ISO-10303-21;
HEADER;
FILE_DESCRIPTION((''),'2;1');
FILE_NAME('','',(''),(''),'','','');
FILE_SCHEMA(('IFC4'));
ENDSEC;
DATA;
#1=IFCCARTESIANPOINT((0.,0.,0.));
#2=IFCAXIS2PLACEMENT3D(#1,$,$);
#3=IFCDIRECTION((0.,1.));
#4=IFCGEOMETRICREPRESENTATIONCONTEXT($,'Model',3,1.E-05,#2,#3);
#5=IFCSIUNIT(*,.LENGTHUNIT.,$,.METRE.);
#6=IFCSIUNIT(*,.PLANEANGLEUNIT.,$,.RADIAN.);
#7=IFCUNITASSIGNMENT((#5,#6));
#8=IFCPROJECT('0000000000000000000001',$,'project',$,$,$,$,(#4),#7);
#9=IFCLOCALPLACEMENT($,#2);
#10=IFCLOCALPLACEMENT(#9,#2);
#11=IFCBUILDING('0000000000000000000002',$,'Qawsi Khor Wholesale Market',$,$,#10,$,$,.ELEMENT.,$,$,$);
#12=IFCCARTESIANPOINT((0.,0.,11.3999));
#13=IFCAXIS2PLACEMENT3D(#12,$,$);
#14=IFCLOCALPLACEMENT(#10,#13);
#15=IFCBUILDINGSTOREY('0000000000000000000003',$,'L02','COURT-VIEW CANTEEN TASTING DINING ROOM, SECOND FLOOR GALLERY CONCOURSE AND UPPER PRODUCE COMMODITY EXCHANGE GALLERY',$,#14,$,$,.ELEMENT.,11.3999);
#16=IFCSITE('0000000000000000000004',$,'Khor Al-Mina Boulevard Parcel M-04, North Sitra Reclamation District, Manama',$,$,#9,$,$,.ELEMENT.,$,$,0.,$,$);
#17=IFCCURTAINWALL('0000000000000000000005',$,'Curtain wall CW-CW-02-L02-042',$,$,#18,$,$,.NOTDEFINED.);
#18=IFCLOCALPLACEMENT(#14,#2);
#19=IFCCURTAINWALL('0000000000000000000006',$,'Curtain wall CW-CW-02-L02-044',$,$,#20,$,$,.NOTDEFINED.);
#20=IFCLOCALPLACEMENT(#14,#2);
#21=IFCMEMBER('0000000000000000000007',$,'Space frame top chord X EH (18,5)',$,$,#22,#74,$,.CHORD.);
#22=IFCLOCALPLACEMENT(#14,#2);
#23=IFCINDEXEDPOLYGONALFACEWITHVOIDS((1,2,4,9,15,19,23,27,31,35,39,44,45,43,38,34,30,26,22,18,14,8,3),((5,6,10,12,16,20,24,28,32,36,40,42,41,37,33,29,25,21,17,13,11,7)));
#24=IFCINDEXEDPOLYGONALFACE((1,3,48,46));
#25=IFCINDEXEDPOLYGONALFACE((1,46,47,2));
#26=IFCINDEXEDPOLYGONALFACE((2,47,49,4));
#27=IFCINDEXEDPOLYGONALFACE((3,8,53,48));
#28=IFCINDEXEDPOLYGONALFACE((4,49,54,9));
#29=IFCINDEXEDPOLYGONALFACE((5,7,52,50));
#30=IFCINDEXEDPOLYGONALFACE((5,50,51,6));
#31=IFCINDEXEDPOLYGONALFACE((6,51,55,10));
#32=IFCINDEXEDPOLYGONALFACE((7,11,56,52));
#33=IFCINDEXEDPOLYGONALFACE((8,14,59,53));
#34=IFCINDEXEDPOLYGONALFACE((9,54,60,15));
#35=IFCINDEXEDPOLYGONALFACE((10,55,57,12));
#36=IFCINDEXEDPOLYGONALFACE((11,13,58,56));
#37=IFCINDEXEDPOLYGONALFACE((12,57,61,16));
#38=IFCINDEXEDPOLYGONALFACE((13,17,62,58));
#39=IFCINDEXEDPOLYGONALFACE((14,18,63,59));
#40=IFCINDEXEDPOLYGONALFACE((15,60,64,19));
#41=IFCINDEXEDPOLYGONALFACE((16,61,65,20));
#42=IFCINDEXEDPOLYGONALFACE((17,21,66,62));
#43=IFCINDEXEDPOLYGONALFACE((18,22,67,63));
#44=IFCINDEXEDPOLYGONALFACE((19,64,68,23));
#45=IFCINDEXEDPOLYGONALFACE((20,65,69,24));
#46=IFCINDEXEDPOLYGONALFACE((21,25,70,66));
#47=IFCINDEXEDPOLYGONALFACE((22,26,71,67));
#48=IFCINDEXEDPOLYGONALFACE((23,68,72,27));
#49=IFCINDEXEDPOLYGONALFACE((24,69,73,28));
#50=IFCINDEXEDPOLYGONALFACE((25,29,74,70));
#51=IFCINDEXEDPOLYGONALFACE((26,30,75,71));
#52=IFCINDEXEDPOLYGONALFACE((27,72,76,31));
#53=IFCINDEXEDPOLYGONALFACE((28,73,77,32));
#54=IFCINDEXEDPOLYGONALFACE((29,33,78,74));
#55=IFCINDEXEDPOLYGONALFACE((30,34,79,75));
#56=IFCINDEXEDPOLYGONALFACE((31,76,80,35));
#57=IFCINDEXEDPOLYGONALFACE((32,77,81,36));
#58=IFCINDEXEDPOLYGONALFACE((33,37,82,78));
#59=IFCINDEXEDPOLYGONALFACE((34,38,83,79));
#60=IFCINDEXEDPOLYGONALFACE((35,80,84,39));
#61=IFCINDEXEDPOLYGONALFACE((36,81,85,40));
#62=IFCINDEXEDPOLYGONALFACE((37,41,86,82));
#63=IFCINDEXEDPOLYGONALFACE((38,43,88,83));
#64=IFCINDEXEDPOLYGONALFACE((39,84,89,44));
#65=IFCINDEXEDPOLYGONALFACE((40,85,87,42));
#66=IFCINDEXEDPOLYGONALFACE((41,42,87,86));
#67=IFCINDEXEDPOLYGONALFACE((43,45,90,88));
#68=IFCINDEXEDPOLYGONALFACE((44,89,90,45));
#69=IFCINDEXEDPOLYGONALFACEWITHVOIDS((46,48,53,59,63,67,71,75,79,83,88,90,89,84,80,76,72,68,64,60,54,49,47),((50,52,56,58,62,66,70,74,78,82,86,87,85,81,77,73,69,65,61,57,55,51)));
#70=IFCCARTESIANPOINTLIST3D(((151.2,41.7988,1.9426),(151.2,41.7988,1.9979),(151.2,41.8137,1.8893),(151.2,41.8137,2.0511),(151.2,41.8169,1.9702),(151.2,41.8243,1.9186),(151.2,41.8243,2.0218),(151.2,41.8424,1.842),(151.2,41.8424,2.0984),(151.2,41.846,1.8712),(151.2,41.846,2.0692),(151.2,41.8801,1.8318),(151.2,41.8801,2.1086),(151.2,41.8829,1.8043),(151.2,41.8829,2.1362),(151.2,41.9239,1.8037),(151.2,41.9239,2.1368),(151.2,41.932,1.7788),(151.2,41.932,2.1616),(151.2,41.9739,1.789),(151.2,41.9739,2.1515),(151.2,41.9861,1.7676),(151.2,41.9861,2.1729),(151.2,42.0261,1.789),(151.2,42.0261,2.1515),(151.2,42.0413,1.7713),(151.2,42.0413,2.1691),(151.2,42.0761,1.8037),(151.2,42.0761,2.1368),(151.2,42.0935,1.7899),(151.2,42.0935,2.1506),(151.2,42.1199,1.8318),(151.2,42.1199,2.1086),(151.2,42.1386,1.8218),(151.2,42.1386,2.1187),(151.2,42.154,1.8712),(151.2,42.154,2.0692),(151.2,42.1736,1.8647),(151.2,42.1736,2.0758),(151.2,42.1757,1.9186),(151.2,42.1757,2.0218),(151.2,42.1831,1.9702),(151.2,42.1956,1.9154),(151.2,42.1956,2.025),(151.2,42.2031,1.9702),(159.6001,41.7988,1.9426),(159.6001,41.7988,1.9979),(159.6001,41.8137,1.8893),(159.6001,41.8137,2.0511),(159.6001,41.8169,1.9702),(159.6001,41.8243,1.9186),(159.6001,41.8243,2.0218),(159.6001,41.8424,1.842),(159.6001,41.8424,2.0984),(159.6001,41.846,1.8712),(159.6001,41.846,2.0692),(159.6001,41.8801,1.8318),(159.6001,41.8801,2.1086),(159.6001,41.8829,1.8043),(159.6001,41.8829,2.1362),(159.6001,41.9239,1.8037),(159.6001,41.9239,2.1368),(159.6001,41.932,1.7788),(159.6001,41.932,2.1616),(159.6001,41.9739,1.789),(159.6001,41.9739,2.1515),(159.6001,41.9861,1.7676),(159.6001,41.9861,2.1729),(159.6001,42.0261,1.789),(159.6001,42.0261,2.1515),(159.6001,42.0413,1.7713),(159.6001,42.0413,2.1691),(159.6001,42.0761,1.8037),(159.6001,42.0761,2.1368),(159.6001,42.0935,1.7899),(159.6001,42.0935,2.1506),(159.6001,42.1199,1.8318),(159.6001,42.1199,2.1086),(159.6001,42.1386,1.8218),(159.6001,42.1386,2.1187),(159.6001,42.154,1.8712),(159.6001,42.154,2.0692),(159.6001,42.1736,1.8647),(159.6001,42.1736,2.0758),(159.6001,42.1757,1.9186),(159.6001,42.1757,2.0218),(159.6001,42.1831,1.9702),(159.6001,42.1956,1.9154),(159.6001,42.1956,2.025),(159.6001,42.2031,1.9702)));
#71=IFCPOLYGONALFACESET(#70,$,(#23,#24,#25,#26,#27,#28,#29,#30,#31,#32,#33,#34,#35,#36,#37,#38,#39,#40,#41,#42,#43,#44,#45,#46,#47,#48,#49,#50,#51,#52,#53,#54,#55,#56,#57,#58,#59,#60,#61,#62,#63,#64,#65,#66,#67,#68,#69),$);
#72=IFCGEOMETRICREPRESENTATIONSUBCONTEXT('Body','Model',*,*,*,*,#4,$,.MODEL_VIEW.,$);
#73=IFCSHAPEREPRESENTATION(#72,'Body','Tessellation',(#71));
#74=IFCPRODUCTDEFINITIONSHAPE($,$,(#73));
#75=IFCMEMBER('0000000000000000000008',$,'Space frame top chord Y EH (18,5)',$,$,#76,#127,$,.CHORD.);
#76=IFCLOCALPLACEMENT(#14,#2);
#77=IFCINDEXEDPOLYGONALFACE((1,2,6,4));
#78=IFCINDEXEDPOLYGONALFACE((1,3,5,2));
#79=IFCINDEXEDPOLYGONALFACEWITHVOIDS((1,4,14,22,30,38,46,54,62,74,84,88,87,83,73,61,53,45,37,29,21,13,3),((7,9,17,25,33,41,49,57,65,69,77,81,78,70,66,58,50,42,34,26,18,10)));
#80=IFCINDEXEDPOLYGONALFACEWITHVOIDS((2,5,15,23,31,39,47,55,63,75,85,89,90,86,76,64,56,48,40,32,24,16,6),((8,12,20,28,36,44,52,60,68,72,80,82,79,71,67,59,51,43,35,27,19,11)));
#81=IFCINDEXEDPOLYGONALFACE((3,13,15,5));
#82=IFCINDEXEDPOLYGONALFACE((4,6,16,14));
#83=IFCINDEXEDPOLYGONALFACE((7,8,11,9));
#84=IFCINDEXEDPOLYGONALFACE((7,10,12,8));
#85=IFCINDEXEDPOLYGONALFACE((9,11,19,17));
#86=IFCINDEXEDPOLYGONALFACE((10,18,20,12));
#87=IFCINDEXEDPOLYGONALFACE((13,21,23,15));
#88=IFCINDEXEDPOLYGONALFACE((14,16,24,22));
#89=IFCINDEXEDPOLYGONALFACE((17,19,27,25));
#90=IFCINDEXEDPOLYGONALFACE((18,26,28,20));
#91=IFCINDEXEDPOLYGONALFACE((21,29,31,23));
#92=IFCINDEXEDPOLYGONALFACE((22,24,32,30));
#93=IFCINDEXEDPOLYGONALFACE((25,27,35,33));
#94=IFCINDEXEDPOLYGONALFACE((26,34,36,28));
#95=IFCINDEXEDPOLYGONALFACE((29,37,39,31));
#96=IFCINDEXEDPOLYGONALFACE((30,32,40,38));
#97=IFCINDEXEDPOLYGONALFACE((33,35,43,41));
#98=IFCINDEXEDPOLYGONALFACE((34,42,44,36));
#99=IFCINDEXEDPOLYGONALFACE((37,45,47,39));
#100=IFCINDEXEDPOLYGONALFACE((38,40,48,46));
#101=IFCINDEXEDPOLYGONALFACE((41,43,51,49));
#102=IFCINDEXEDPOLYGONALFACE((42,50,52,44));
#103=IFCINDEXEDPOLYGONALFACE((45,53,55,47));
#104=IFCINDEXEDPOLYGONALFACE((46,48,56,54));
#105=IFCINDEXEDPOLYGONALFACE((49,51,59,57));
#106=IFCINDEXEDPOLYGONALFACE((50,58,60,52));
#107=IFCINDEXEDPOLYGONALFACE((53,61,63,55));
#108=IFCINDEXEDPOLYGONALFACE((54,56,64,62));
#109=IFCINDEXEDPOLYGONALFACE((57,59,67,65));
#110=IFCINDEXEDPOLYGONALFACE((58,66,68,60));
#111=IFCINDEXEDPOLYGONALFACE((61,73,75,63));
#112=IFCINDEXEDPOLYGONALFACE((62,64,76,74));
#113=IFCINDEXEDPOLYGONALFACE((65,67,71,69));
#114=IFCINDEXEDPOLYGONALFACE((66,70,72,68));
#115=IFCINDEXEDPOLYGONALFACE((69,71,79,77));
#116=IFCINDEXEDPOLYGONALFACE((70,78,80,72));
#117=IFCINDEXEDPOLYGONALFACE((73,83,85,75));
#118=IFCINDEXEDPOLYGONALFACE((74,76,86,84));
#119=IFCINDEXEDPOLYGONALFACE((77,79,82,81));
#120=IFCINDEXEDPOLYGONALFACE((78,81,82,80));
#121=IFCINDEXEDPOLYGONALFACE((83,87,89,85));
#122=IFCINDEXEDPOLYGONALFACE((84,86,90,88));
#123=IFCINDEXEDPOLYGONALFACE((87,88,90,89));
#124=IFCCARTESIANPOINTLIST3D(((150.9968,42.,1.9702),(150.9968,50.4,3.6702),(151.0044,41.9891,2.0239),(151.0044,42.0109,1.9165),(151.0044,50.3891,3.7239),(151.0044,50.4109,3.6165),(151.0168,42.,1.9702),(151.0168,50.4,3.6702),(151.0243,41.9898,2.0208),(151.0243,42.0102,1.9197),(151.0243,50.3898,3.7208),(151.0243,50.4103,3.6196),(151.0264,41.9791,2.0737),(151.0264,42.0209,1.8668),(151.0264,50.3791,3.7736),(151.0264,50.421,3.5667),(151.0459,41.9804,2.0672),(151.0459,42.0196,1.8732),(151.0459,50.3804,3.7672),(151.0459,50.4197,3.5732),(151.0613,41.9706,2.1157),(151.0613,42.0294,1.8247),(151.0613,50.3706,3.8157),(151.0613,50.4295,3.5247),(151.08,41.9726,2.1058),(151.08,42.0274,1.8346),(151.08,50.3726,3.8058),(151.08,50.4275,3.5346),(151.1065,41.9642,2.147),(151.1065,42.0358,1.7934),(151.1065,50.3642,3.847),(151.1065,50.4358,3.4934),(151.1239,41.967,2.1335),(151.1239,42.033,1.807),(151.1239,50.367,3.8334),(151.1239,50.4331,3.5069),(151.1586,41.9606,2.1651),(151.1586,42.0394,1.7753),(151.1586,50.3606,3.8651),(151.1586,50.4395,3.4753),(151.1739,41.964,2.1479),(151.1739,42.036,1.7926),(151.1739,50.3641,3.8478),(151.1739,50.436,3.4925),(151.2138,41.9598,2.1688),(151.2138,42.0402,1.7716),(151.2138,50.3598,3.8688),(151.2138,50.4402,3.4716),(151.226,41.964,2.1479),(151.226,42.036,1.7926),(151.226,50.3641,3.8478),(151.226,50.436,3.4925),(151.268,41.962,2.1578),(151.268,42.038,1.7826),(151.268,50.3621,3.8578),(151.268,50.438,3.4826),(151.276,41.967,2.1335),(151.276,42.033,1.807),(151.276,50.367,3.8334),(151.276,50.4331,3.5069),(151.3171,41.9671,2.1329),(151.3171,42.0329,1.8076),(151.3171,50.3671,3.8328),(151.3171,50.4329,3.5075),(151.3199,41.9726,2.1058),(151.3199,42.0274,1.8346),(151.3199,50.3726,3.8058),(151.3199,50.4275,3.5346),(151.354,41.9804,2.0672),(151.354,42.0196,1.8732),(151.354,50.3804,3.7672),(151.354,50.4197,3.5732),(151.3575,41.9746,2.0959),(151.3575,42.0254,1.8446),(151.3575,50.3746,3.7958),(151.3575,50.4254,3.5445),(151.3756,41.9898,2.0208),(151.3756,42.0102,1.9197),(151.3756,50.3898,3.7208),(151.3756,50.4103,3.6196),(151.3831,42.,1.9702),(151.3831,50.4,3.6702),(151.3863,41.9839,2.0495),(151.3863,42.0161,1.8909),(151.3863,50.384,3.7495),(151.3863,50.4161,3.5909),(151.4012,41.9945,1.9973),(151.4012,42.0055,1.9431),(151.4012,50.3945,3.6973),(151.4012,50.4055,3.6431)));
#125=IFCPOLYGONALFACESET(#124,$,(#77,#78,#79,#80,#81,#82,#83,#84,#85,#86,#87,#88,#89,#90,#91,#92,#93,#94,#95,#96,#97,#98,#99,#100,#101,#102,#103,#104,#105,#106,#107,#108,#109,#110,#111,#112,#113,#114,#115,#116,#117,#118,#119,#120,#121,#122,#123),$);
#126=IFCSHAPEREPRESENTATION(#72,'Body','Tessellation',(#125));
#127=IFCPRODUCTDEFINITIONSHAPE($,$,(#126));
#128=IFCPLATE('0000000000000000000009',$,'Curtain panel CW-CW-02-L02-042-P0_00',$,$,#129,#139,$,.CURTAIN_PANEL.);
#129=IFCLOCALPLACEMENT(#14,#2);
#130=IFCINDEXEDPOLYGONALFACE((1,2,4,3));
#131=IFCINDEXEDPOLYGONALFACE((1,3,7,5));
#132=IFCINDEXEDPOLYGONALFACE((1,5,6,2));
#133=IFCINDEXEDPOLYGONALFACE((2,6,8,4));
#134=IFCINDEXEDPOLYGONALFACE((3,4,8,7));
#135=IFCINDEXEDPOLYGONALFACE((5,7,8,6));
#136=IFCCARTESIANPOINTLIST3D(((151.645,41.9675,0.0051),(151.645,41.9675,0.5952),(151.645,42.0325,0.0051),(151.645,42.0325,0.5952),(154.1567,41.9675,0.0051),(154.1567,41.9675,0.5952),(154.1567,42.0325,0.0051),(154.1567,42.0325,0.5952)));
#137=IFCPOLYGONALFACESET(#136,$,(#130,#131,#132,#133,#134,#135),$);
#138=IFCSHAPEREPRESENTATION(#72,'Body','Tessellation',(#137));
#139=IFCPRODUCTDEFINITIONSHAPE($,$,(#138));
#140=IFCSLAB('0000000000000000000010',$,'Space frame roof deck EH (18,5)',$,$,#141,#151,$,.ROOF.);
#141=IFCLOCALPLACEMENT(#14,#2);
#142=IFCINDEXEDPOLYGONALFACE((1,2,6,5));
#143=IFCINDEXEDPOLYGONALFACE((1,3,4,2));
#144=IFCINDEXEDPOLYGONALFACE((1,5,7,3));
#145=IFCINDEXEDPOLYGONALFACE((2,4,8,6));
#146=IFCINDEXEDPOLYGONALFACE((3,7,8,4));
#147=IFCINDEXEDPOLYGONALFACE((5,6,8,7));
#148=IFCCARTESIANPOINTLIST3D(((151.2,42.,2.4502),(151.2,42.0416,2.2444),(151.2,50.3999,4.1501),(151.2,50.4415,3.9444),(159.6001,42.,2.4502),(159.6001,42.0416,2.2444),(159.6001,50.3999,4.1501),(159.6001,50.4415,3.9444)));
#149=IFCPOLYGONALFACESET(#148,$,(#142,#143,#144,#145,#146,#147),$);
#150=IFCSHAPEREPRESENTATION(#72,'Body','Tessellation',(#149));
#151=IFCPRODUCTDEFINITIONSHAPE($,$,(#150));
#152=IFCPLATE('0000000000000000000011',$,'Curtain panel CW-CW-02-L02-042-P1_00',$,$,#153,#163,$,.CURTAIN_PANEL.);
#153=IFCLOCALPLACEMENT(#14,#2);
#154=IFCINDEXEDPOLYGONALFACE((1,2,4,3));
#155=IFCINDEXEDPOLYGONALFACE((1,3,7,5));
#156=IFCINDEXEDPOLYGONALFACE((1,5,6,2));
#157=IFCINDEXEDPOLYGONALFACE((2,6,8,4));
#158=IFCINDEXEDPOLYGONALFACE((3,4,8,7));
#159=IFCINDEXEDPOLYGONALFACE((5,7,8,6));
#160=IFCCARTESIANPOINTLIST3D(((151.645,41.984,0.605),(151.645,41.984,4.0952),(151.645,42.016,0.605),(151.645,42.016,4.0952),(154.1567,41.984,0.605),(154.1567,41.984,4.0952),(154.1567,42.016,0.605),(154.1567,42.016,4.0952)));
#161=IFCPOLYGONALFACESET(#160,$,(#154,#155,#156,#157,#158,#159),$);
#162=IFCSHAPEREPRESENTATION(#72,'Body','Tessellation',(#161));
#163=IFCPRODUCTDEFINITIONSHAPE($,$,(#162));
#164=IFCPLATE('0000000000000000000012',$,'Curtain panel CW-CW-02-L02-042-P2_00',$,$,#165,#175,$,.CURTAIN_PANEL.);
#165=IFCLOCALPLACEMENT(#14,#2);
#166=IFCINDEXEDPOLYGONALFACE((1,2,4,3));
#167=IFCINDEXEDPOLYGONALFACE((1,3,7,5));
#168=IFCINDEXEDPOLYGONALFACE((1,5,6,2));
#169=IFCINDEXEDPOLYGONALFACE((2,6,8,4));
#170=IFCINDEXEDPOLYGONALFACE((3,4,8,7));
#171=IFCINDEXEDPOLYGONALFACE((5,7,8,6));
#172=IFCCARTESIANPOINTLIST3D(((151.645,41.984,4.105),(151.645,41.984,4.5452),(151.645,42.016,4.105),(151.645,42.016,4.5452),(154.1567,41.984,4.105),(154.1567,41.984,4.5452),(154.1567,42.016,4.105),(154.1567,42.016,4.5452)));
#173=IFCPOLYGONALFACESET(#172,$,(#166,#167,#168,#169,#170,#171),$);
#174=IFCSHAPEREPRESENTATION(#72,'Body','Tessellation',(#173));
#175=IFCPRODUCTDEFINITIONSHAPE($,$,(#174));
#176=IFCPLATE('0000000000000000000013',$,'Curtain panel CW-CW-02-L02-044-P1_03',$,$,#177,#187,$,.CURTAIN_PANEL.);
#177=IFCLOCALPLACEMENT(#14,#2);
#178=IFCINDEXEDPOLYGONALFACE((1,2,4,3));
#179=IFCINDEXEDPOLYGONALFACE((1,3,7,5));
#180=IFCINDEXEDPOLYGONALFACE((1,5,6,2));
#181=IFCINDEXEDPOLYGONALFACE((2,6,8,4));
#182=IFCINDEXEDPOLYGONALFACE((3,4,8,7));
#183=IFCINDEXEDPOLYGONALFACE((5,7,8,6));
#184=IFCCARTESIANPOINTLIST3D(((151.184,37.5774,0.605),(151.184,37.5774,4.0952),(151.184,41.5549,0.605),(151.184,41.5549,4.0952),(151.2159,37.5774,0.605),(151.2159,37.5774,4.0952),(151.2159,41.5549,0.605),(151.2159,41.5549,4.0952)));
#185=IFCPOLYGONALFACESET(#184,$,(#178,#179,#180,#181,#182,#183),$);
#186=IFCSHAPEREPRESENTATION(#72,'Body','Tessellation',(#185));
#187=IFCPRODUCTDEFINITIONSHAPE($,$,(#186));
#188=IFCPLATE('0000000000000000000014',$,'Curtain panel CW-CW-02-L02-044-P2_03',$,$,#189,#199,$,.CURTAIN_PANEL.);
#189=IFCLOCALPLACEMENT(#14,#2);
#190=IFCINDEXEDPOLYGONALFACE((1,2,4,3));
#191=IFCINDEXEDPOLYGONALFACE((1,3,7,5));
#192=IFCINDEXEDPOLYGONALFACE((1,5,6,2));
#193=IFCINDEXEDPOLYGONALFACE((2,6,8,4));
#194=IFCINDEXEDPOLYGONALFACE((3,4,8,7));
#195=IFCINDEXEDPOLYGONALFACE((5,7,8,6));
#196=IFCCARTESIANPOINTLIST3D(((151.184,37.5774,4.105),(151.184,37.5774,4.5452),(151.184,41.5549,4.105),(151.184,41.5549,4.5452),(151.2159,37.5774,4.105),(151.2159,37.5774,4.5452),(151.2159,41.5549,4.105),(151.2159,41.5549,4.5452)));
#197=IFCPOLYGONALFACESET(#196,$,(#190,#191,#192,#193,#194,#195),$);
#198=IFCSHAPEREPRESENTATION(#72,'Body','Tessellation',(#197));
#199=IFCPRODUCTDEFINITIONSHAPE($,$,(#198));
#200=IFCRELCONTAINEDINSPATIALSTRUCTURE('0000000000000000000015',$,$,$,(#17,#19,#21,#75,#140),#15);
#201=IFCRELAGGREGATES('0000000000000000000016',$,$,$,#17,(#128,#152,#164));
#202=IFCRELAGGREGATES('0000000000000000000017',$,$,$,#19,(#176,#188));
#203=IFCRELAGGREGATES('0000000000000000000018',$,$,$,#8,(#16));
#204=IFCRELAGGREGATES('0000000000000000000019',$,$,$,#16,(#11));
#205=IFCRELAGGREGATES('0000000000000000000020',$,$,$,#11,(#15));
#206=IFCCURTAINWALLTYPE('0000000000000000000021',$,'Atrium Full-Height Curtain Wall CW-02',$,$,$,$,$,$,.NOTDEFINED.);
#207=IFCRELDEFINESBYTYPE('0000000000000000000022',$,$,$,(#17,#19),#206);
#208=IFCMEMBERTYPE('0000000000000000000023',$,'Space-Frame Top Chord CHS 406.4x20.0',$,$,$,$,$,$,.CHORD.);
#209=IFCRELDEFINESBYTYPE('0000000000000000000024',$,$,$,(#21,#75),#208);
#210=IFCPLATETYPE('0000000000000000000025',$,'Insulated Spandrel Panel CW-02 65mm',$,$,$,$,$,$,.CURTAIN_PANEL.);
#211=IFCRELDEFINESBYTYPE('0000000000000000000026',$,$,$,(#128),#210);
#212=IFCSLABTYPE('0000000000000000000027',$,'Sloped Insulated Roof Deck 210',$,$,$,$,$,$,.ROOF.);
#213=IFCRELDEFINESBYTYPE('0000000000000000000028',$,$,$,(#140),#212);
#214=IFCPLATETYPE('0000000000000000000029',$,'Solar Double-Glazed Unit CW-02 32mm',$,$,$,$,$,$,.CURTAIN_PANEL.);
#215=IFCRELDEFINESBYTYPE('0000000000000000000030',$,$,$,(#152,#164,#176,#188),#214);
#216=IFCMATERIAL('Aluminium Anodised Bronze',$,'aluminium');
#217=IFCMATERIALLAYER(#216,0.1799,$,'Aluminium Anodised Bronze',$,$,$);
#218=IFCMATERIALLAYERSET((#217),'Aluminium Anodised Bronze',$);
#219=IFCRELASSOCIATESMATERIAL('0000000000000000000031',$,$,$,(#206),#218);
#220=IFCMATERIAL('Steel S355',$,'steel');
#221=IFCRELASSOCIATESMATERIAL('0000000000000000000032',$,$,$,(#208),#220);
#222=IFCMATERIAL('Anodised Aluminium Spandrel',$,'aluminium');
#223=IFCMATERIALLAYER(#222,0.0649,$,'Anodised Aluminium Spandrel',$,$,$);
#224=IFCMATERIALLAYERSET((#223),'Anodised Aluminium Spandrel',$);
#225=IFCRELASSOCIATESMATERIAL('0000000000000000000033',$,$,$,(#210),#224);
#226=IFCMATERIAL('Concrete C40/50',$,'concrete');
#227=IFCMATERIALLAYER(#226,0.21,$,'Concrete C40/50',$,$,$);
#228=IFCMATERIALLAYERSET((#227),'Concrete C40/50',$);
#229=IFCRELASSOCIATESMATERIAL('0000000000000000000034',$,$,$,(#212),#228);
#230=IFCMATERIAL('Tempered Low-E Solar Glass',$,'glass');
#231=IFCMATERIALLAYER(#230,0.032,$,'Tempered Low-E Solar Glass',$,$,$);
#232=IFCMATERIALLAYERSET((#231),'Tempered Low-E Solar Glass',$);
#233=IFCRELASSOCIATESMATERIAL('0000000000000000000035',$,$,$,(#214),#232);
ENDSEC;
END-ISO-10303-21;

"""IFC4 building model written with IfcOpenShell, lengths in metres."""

from ifc_helpers import new_model, si_unit, direction, frame, frame_2d, origin, origin_2d, place, context, subcontext, project, spatial, polyline, rectangle, hollow_circle, outline, extrude, material, layer, layer_set, material_profile, profile_set, type_object, element, aggregate, save


model = new_model("IFC4")

# Units and contexts
model_context = context("Model", 3, precision=1e-05, world=origin(), true_north=direction((0.0, 1.0)))
body_context = subcontext(model_context, "Body", "Model", "MODEL_VIEW")
ifc_project = project(units=[si_unit("LENGTHUNIT", "METRE"), si_unit("PLANEANGLEUNIT", "RADIAN")], contexts=[model_context])

# Site, building, storey
site_placement = place(None, origin())
site = spatial("IfcSite", under=ifc_project, at=site_placement, Name="Khor Al-Mina Boulevard Parcel M-04, North Sitra Reclamation District, Manama", CompositionType="ELEMENT", RefElevation=0.0)
building_placement = place(site_placement, origin())
building = spatial("IfcBuilding", under=site, at=building_placement, Name="Qawsi Khor Wholesale Market", CompositionType="ELEMENT")
storey_placement = place(building_placement, frame((0.0, 0.0, 11.3999)))
storey = spatial("IfcBuildingStorey", under=building, at=storey_placement, Name="L02", Description="COURT-VIEW CANTEEN TASTING DINING ROOM, SECOND FLOOR GALLERY CONCOURSE AND UPPER PRODUCE COMMODITY EXCHANGE GALLERY", CompositionType="ELEMENT", Elevation=11.3999)

# Curtain wall
ifc_material_1 = material(Name="Aluminium Anodised Bronze", Category="aluminium")
ifc_layer_1 = layer(ifc_material_1, 0.1799, Name="Aluminium Anodised Bronze")
ifc_layer_set_1 = layer_set([ifc_layer_1], Name="Aluminium Anodised Bronze")
curtain_wall_type = type_object("IfcCurtainWallType", Name="Atrium Full-Height Curtain Wall CW-02", PredefinedType="NOTDEFINED", material=ifc_layer_set_1)
curtain_wall_1_placement = place(storey_placement, origin())
curtain_wall_1 = element("IfcCurtainWall", 1, at=curtain_wall_1_placement, inside=storey, type_object=curtain_wall_type, Name="Curtain wall CW-CW-02-L02-042", PredefinedType="NOTDEFINED")

# Curtain wall
curtain_wall_2_placement = place(storey_placement, origin())
curtain_wall_2 = element("IfcCurtainWall", 2, at=curtain_wall_2_placement, inside=storey, type_object=curtain_wall_type, Name="Curtain wall CW-CW-02-L02-044", PredefinedType="NOTDEFINED")

# Members
ifc_material_2 = material(Name="Steel S355", Category="steel")
ifc_material_profile_1 = material_profile(ifc_material_2, hollow_circle(Radius=0.2031, WallThickness=0.02, at=origin_2d()), Name="CHS 406.4x20.0")
ifc_profile_set_1 = profile_set([ifc_material_profile_1], Name="Steel S355")
member_type_1 = type_object("IfcMemberType", Name="Space-Frame Top Chord CHS 406.4x20.0", PredefinedType="CHORD", material=ifc_profile_set_1)
member_1_placement = place(storey_placement, frame((151.2, 42.0, 1.9702), z_axis=(1.0, 0.0, 0.0), x_axis=(0.0, 1.0, 0.0)))
element("IfcMember", 3, at=member_1_placement, inside=storey, type_object=member_type_1, Name="Space frame top chord X EH (18,5)", PredefinedType="CHORD", context=body_context, shape_type="SweptSolid", body=[
    extrude(hollow_circle(Radius=0.2031, WallThickness=0.02, at=origin_2d()), origin(), (0.0, 0.0, 1.0), 8.4001),
])
member_2_placement = place(storey_placement, frame((151.2, 42.0, 1.9702), z_axis=(0.0, 0.98013, 0.198356), x_axis=(-1.0, 0.0, 0.0)))
element("IfcMember", 4, at=member_2_placement, inside=storey, type_object=member_type_1, Name="Space frame top chord Y EH (18,5)", PredefinedType="CHORD", context=body_context, shape_type="SweptSolid", body=[
    extrude(hollow_circle(Radius=0.2031, WallThickness=0.02, at=origin_2d()), origin(), (0.0, 0.0, 1.0), 8.5703),
])

# Plate
ifc_material_3 = material(Name="Anodised Aluminium Spandrel", Category="aluminium")
ifc_layer_2 = layer(ifc_material_3, 0.0649, Name="Anodised Aluminium Spandrel")
ifc_layer_set_2 = layer_set([ifc_layer_2], Name="Anodised Aluminium Spandrel")
plate_type_1 = type_object("IfcPlateType", Name="Insulated Spandrel Panel CW-02 65mm", PredefinedType="CURTAIN_PANEL", material=ifc_layer_set_2)
plate_1_placement = place(storey_placement, frame((151.645, 42.0, 0.0051), z_axis=(0.0, 0.0, 1.0), x_axis=(1.0, 0.0, 0.0)))
plate_1 = element("IfcPlate", 5, at=plate_1_placement, type_object=plate_type_1, Name="Curtain panel CW-CW-02-L02-042-P0_00", PredefinedType="CURTAIN_PANEL", context=body_context, shape_type="SweptSolid", body=[
    extrude(rectangle(XDim=2.5117, YDim=0.0649, at=frame_2d((1.2559, 0.0))), origin(), (0.0, 0.0, 1.0), 0.5901),
])

# Slab
ifc_material_4 = material(Name="Concrete C40/50", Category="concrete")
ifc_layer_3 = layer(ifc_material_4, 0.21, Name="Concrete C40/50")
ifc_layer_set_3 = layer_set([ifc_layer_3], Name="Concrete C40/50")
slab_type = type_object("IfcSlabType", Name="Sloped Insulated Roof Deck 210", PredefinedType="ROOF", material=ifc_layer_set_3)
slab_placement = place(storey_placement, frame((151.2, 42.0, 2.4502), z_axis=(0.0, -0.198356, 0.98013), x_axis=(1.0, 0.0, 0.0)))
element("IfcSlab", 6, at=slab_placement, inside=storey, type_object=slab_type, Name="Space frame roof deck EH (18,5)", PredefinedType="ROOF", context=body_context, shape_type="SweptSolid", body=[
    extrude(outline(polyline([(0.0, 0.0), (8.4001, 0.0), (8.4001, 8.5702), (0.0, 8.5702), (0.0, 0.0)])), origin(), (0.0, 0.0, -1.0), 0.21),
])

# Plates
ifc_material_5 = material(Name="Tempered Low-E Solar Glass", Category="glass")
ifc_layer_4 = layer(ifc_material_5, 0.032, Name="Tempered Low-E Solar Glass")
ifc_layer_set_4 = layer_set([ifc_layer_4], Name="Tempered Low-E Solar Glass")
plate_type_2 = type_object("IfcPlateType", Name="Solar Double-Glazed Unit CW-02 32mm", PredefinedType="CURTAIN_PANEL", material=ifc_layer_set_4)
plate_2_placement = place(storey_placement, frame((151.645, 42.0, 0.605), z_axis=(0.0, 0.0, 1.0), x_axis=(1.0, 0.0, 0.0)))
plate_2 = element("IfcPlate", 7, at=plate_2_placement, type_object=plate_type_2, Name="Curtain panel CW-CW-02-L02-042-P1_00", PredefinedType="CURTAIN_PANEL", context=body_context, shape_type="SweptSolid", body=[
    extrude(rectangle(XDim=2.5117, YDim=0.032, at=frame_2d((1.2559, 0.0))), origin(), (0.0, 0.0, 1.0), 3.4902),
])
plate_3_placement = place(storey_placement, frame((151.645, 42.0, 4.105), z_axis=(0.0, 0.0, 1.0), x_axis=(1.0, 0.0, 0.0)))
plate_3 = element("IfcPlate", 8, at=plate_3_placement, type_object=plate_type_2, Name="Curtain panel CW-CW-02-L02-042-P2_00", PredefinedType="CURTAIN_PANEL", context=body_context, shape_type="SweptSolid", body=[
    extrude(rectangle(XDim=2.5117, YDim=0.032, at=frame_2d((1.2559, 0.0))), origin(), (0.0, 0.0, 1.0), 0.4402),
])
aggregate(curtain_wall_1, [plate_1, plate_2, plate_3])
plate_4_placement = place(storey_placement, frame((151.2, 37.5774, 0.605), z_axis=(0.0, 0.0, 1.0), x_axis=(0.0, 1.0, 0.0)))
plate_4 = element("IfcPlate", 9, at=plate_4_placement, type_object=plate_type_2, Name="Curtain panel CW-CW-02-L02-044-P1_03", PredefinedType="CURTAIN_PANEL", context=body_context, shape_type="SweptSolid", body=[
    extrude(rectangle(XDim=3.9775, YDim=0.032, at=frame_2d((1.9888, 0.0))), origin(), (0.0, 0.0, 1.0), 3.4902),
])
plate_5_placement = place(storey_placement, frame((151.2, 37.5774, 4.105), z_axis=(0.0, 0.0, 1.0), x_axis=(0.0, 1.0, 0.0)))
plate_5 = element("IfcPlate", 10, at=plate_5_placement, type_object=plate_type_2, Name="Curtain panel CW-CW-02-L02-044-P2_03", PredefinedType="CURTAIN_PANEL", context=body_context, shape_type="SweptSolid", body=[
    extrude(rectangle(XDim=3.9775, YDim=0.032, at=frame_2d((1.9888, 0.0))), origin(), (0.0, 0.0, 1.0), 0.4402),
])
aggregate(curtain_wall_2, [plate_4, plate_5])

save(model, "model.ifc")
